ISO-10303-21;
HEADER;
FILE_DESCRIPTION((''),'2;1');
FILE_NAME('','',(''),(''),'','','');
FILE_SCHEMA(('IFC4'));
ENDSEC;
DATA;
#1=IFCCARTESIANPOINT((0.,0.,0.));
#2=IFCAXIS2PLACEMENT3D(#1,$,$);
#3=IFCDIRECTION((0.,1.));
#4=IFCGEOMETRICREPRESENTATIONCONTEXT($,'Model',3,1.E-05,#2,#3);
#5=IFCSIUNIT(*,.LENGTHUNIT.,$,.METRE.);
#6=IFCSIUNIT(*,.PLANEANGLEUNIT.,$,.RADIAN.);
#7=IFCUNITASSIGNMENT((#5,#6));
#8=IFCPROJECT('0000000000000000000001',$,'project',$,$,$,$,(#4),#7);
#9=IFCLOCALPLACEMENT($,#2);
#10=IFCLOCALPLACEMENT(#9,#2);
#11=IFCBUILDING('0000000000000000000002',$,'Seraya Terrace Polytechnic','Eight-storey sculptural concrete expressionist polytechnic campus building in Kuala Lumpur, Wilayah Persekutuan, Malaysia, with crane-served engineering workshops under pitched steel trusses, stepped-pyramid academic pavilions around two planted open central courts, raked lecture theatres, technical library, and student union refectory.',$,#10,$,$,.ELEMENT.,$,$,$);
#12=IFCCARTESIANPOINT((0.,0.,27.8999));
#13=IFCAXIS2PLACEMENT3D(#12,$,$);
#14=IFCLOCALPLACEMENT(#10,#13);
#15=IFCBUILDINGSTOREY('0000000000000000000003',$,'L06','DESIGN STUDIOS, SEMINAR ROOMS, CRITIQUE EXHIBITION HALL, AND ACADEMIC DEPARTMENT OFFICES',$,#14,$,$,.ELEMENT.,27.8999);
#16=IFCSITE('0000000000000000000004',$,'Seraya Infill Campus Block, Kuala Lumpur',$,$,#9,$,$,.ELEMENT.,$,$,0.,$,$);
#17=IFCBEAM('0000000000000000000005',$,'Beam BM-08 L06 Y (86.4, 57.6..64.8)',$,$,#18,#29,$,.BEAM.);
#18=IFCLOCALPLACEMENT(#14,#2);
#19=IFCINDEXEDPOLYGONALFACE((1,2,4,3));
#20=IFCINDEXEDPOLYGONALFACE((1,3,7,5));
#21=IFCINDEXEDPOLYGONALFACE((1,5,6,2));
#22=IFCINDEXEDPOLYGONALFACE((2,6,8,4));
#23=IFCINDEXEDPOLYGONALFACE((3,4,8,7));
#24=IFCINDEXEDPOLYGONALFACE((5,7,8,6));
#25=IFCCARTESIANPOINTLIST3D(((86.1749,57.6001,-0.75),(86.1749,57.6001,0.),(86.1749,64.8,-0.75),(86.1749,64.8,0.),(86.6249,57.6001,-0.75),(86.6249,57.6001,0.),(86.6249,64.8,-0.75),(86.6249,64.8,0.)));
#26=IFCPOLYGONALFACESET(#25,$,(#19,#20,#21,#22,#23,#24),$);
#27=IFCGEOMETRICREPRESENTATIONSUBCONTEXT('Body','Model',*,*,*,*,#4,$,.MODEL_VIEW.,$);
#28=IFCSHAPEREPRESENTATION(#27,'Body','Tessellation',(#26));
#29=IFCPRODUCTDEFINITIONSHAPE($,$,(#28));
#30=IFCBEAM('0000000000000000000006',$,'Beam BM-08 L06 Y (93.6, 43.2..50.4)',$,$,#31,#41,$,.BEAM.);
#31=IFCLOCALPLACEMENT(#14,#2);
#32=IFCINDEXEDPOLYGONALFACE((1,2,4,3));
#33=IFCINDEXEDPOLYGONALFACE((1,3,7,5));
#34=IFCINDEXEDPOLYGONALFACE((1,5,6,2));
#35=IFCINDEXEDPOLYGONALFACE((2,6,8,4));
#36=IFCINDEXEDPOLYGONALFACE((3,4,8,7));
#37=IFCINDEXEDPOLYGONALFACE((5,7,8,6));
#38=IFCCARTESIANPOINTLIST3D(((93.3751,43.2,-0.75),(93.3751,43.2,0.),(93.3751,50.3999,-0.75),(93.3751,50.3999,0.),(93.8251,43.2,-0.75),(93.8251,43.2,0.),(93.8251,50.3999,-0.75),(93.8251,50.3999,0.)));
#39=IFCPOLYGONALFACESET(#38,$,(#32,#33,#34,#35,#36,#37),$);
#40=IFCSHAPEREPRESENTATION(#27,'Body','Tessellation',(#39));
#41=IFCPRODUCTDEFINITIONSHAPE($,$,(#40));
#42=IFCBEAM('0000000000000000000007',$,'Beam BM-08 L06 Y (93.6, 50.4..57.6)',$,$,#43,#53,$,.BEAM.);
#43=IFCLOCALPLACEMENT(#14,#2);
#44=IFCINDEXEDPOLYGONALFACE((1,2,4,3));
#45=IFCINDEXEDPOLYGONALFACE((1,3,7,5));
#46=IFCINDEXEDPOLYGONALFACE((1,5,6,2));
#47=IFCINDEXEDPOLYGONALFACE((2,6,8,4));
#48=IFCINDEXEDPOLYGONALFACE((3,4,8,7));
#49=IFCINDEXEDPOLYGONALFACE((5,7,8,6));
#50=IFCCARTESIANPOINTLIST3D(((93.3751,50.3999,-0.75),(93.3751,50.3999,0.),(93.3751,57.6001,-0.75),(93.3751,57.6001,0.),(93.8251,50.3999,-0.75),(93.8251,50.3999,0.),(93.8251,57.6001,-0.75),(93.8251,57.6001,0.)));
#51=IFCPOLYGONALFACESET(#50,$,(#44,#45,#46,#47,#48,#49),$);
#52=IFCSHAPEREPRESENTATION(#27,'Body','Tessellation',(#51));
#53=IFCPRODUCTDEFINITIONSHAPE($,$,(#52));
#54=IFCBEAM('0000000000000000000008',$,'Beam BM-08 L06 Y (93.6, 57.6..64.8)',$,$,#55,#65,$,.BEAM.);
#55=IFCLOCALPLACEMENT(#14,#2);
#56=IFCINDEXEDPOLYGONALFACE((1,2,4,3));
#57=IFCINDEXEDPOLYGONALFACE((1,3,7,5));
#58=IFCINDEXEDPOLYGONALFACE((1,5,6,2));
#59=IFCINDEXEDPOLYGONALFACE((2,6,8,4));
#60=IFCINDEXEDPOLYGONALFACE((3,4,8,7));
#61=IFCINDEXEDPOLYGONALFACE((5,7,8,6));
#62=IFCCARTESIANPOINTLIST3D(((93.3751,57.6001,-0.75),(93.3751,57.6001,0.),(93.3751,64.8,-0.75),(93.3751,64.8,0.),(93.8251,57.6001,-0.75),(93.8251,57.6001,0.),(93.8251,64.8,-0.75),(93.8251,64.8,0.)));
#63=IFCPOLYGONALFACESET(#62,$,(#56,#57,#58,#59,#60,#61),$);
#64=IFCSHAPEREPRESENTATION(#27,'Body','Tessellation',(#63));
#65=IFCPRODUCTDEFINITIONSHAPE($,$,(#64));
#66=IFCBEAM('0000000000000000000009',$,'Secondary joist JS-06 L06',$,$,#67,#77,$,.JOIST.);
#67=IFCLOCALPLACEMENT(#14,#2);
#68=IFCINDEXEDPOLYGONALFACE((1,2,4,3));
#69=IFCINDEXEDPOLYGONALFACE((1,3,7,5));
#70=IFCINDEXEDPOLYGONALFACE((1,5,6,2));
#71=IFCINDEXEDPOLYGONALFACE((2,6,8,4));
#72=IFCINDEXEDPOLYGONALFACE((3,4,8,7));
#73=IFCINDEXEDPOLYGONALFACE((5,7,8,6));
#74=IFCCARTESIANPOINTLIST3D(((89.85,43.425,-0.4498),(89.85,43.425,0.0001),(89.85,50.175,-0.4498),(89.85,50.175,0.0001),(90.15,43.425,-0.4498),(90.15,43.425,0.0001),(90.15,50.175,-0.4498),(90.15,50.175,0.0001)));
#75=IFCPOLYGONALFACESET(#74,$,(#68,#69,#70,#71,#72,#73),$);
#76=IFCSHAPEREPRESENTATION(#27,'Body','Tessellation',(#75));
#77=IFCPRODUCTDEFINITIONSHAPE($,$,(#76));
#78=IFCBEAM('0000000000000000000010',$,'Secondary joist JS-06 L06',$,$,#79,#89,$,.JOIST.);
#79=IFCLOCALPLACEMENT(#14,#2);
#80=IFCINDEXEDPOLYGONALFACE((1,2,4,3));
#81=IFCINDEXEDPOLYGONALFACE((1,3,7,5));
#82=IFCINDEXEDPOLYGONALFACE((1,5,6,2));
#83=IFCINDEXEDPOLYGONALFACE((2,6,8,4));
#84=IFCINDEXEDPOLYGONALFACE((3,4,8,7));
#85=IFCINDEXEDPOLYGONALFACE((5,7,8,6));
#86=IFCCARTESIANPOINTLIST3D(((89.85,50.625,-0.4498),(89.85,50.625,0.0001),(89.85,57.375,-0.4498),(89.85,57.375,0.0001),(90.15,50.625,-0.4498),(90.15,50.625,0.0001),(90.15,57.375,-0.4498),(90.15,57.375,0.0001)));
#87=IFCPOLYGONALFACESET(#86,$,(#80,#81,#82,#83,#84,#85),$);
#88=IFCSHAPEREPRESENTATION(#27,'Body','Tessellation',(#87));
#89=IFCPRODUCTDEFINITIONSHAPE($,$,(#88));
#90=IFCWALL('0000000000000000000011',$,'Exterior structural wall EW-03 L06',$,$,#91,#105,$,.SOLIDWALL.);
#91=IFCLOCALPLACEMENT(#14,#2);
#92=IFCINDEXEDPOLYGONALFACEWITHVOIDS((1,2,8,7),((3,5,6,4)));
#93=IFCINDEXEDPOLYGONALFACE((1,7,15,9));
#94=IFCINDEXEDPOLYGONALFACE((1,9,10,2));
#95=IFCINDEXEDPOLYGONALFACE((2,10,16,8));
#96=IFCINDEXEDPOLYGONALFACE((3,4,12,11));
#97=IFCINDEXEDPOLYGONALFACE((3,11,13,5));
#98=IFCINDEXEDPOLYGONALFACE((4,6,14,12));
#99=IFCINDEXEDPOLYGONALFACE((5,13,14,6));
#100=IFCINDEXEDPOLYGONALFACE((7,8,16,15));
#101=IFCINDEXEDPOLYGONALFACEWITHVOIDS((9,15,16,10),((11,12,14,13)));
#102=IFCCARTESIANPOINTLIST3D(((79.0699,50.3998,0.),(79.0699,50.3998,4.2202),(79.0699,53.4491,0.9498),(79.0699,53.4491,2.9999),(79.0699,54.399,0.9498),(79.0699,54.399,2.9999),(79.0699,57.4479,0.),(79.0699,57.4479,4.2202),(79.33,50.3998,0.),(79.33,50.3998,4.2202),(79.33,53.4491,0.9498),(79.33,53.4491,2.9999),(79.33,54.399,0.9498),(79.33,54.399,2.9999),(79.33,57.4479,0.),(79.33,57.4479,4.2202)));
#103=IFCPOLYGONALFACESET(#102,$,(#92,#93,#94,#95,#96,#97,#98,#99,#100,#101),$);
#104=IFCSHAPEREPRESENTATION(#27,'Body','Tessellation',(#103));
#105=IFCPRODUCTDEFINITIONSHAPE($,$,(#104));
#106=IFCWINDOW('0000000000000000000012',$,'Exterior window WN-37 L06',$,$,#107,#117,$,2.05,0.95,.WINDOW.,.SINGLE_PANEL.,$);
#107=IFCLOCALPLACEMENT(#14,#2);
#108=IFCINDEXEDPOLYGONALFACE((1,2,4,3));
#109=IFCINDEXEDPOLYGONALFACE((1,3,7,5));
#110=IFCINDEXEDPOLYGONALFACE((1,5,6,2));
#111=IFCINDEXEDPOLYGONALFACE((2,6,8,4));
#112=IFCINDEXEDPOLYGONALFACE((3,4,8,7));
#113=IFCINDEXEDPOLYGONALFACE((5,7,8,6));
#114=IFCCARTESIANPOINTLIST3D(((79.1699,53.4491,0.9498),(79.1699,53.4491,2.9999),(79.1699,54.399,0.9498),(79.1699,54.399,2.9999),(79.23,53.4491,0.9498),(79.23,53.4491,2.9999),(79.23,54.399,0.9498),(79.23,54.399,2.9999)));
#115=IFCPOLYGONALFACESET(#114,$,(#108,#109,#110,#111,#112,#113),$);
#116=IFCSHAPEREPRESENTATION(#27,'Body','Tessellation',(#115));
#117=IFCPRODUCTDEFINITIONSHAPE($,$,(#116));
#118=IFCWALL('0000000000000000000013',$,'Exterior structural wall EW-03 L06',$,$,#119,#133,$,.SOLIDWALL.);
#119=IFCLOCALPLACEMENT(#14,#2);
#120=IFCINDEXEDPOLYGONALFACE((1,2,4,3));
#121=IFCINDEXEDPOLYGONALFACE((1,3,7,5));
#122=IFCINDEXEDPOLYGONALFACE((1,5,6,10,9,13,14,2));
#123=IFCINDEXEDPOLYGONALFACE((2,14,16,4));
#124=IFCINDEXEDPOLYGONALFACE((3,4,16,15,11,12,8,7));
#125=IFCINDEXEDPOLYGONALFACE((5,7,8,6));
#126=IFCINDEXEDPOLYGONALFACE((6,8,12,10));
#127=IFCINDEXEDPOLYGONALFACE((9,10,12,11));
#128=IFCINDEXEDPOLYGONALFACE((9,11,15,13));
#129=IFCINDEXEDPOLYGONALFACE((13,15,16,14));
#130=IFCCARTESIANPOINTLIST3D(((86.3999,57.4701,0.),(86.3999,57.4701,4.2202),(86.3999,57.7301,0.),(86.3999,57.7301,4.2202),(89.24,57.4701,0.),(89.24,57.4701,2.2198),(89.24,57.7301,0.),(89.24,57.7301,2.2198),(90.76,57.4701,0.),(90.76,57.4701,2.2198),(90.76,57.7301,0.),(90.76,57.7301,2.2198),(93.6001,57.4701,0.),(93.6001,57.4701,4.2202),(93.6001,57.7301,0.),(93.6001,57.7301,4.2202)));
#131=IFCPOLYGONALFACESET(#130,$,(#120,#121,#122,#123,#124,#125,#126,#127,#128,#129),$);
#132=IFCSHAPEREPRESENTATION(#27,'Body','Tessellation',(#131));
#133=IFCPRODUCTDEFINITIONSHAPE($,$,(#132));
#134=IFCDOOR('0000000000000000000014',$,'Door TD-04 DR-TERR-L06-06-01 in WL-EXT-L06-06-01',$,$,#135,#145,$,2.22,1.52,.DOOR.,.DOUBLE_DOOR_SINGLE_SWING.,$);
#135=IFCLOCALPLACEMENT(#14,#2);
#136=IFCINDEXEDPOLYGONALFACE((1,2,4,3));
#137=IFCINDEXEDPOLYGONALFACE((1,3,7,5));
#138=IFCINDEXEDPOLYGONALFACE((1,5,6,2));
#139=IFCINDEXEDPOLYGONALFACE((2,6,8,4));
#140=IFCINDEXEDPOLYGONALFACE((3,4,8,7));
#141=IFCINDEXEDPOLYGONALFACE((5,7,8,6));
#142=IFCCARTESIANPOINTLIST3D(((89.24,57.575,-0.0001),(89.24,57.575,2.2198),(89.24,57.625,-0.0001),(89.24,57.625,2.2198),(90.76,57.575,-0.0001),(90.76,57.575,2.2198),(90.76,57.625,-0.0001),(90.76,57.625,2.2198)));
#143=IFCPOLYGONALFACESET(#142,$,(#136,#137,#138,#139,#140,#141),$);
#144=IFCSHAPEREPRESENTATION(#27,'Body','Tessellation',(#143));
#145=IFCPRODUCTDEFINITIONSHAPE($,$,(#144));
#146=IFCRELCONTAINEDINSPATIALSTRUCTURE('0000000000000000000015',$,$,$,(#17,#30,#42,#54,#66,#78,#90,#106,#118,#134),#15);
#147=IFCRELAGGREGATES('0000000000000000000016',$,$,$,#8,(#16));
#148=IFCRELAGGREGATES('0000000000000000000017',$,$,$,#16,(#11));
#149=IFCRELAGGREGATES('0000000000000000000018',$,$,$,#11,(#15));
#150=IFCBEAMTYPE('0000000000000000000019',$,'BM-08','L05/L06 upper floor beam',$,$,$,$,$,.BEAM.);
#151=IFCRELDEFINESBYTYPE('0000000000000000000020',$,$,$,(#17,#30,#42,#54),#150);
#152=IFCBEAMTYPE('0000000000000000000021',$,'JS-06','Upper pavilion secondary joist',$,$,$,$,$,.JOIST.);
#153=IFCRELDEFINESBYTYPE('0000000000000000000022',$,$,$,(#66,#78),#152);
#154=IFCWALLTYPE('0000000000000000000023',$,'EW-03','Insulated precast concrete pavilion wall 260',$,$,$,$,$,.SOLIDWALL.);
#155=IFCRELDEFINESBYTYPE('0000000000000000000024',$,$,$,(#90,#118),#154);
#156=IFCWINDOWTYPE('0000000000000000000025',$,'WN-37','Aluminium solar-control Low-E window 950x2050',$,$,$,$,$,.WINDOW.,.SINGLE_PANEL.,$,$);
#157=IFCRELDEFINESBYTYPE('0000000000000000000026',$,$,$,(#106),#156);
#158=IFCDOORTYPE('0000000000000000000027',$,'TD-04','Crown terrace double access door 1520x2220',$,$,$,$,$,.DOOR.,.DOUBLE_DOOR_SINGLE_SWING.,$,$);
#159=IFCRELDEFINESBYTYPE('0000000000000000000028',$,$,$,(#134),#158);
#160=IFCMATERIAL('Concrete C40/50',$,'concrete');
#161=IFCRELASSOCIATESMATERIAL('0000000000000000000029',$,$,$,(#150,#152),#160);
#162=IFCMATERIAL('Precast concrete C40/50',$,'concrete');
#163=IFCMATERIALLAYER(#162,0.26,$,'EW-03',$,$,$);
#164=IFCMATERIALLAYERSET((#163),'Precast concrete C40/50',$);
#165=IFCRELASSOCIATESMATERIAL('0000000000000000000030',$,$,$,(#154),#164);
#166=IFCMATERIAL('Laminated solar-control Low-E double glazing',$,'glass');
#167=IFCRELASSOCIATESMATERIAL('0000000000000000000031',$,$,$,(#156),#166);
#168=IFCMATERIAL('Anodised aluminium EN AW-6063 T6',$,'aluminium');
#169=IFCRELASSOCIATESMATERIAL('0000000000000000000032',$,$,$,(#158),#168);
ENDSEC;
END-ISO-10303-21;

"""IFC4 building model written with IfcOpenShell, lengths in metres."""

from ifc_helpers import new_model, si_unit, direction, frame, frame_2d, origin, origin_2d, place, context, subcontext, project, spatial, rectangle, extrude, material, layer, layer_set, material_profile, profile_set, type_object, element, fill, save


model = new_model("IFC4")

# Units and contexts
model_context = context("Model", 3, precision=1e-05, world=origin(), true_north=direction((0.0, 1.0)))
body_context = subcontext(model_context, "Body", "Model", "MODEL_VIEW")
ifc_project = project(units=[si_unit("LENGTHUNIT", "METRE"), si_unit("PLANEANGLEUNIT", "RADIAN")], contexts=[model_context])

# Site, building, storey
site_placement = place(None, origin())
site = spatial("IfcSite", under=ifc_project, at=site_placement, Name="Seraya Infill Campus Block, Kuala Lumpur", CompositionType="ELEMENT", RefElevation=0.0)
building_placement = place(site_placement, origin())
building = spatial("IfcBuilding", under=site, at=building_placement, Name="Seraya Terrace Polytechnic", Description="Eight-storey sculptural concrete expressionist polytechnic campus building in Kuala Lumpur, Wilayah Persekutuan, Malaysia, with crane-served engineering workshops under pitched steel trusses, stepped-pyramid academic pavilions around two planted open central courts, raked lecture theatres, technical library, and student union refectory.", CompositionType="ELEMENT")
storey_placement = place(building_placement, frame((0.0, 0.0, 27.8999)))
storey = spatial("IfcBuildingStorey", under=building, at=storey_placement, Name="L06", Description="DESIGN STUDIOS, SEMINAR ROOMS, CRITIQUE EXHIBITION HALL, AND ACADEMIC DEPARTMENT OFFICES", CompositionType="ELEMENT", Elevation=27.8999)

# Shared definitions
ifc_material_1 = material(Name="Concrete C40/50", Category="concrete")

# Beams
ifc_material_profile_1 = material_profile(ifc_material_1, rectangle(XDim=0.45, YDim=0.75, at=origin_2d()), Name="RC 450x750")
ifc_profile_set_1 = profile_set([ifc_material_profile_1], Name="Concrete C40/50")
beam_type_1 = type_object("IfcBeamType", Name="BM-08", Description="L05/L06 upper floor beam", PredefinedType="BEAM", material=ifc_profile_set_1)
for number, where, z_axis, x_axis, name in (
    (1, (86.3999, 57.6001, -0.375), (0.0, 1.0, 0.0), (-1.0, 0.0, 0.0), "Beam BM-08 L06 Y (86.4, 57.6..64.8)"),
    (2, (93.6001, 43.2, -0.375), (0.0, 1.0, 0.0), (-1.0, 0.0, 0.0), "Beam BM-08 L06 Y (93.6, 43.2..50.4)"),
):
    element("IfcBeam", number, at=place(storey_placement, frame(where, z_axis=z_axis, x_axis=x_axis)), inside=storey, type_object=beam_type_1, Name=name, PredefinedType="BEAM", context=body_context, shape_type="SweptSolid", body=[
        extrude(rectangle(XDim=0.45, YDim=0.75, at=origin_2d()), origin(), (0.0, 0.0, 1.0), 7.2),
    ])
beam_1_placement = place(storey_placement, frame((93.6001, 50.3999, -0.375), z_axis=(0.0, 1.0, 0.0), x_axis=(-1.0, 0.0, 0.0)))
element("IfcBeam", 3, at=beam_1_placement, inside=storey, type_object=beam_type_1, Name="Beam BM-08 L06 Y (93.6, 50.4..57.6)", PredefinedType="BEAM", context=body_context, shape_type="SweptSolid", body=[
    extrude(rectangle(XDim=0.45, YDim=0.75, at=origin_2d()), origin(), (0.0, 0.0, 1.0), 7.2002),
])
beam_2_placement = place(storey_placement, frame((93.6001, 57.6001, -0.375), z_axis=(0.0, 1.0, 0.0), x_axis=(-1.0, 0.0, 0.0)))
element("IfcBeam", 4, at=beam_2_placement, inside=storey, type_object=beam_type_1, Name="Beam BM-08 L06 Y (93.6, 57.6..64.8)", PredefinedType="BEAM", context=body_context, shape_type="SweptSolid", body=[
    extrude(rectangle(XDim=0.45, YDim=0.75, at=origin_2d()), origin(), (0.0, 0.0, 1.0), 7.2),
])
ifc_material_profile_2 = material_profile(ifc_material_1, rectangle(XDim=0.3, YDim=0.45, at=origin_2d()), Name="RC 300x450")
ifc_profile_set_2 = profile_set([ifc_material_profile_2], Name="Concrete C40/50")
beam_type_2 = type_object("IfcBeamType", Name="JS-06", Description="Upper pavilion secondary joist", PredefinedType="JOIST", material=ifc_profile_set_2)
for number, where, z_axis, x_axis, name in (
    (5, (90.0, 43.425, -0.2249), (0.0, 1.0, 0.0), (-1.0, 0.0, 0.0), "Secondary joist JS-06 L06"),
    (6, (90.0, 50.625, -0.2249), (0.0, 1.0, 0.0), (-1.0, 0.0, 0.0), "Secondary joist JS-06 L06"),
):
    element("IfcBeam", number, at=place(storey_placement, frame(where, z_axis=z_axis, x_axis=x_axis)), inside=storey, type_object=beam_type_2, Name=name, PredefinedType="JOIST", context=body_context, shape_type="SweptSolid", body=[
        extrude(rectangle(XDim=0.3, YDim=0.45, at=origin_2d()), origin(), (0.0, 0.0, 1.0), 6.75),
    ])

# Wall, opening, window
ifc_material_2 = material(Name="Precast concrete C40/50", Category="concrete")
ifc_layer = layer(ifc_material_2, 0.26, Name="EW-03")
ifc_layer_set = layer_set([ifc_layer], Name="Precast concrete C40/50")
wall_type = type_object("IfcWallType", Name="EW-03", Description="Insulated precast concrete pavilion wall 260", PredefinedType="SOLIDWALL", material=ifc_layer_set)
wall_1_placement = place(storey_placement, frame((79.2, 50.3999, 0.0), z_axis=(0.0, 0.0, 1.0), x_axis=(0.0, 1.0, 0.0)))
wall_1 = element("IfcWall", 7, at=wall_1_placement, inside=storey, type_object=wall_type, Name="Exterior structural wall EW-03 L06", PredefinedType="SOLIDWALL", context=body_context, shape_type="SweptSolid", body=[
    extrude(rectangle(XDim=7.0481, YDim=0.26, at=frame_2d((3.5239, 0.0))), origin(), (0.0, 0.0, 1.0), 4.2202),
])
opening_1_placement = place(wall_1_placement, frame((3.0491, 0.0, 0.95)))
opening_1 = element("IfcOpeningElement", 8, at=opening_1_placement, cuts=wall_1, PredefinedType="OPENING", context=body_context, shape_type="SweptSolid", body=[
    extrude(rectangle(XDim=0.95, YDim=2.05, at=frame_2d((0.4751, 1.0249))), frame((0.0, 0.1421, 0.0), z_axis=(0.0, -1.0, 0.0), x_axis=(1.0, 0.0, 0.0)), (0.0, 0.0, 1.0), 0.2839),
])
ifc_material_3 = material(Name="Laminated solar-control Low-E double glazing", Category="glass")
window_type = type_object("IfcWindowType", Name="WN-37", Description="Aluminium solar-control Low-E window 950x2050", PartitioningType="SINGLE_PANEL", PredefinedType="WINDOW", material=ifc_material_3)
window_placement = place(opening_1_placement, origin())
window = element("IfcWindow", 9, at=window_placement, inside=storey, type_object=window_type, Name="Exterior window WN-37 L06", OverallHeight=2.05, OverallWidth=0.95, PartitioningType="SINGLE_PANEL", PredefinedType="WINDOW", context=body_context, shape_type="SweptSolid", body=[
    extrude(rectangle(XDim=0.95, YDim=2.05, at=frame_2d((0.4751, 1.0249))), frame((0.0, 0.03, 0.0), z_axis=(0.0, -1.0, 0.0), x_axis=(1.0, 0.0, 0.0)), (0.0, 0.0, 1.0), 0.0601),
])
fill(opening_1, window)

# Wall, opening, door
wall_2_placement = place(storey_placement, frame((86.3999, 57.6001, 0.0), z_axis=(0.0, 0.0, 1.0), x_axis=(1.0, 0.0, 0.0)))
wall_2 = element("IfcWall", 10, at=wall_2_placement, inside=storey, type_object=wall_type, Name="Exterior structural wall EW-03 L06", PredefinedType="SOLIDWALL", context=body_context, shape_type="SweptSolid", body=[
    extrude(rectangle(XDim=7.2002, YDim=0.26, at=frame_2d((3.6001, 0.0))), origin(), (0.0, 0.0, 1.0), 4.2202),
])
opening_2_placement = place(wall_2_placement, frame((2.8401, 0.0, 0.0)))
opening_2 = element("IfcOpeningElement", 11, at=opening_2_placement, cuts=wall_2, PredefinedType="OPENING", context=body_context, shape_type="SweptSolid", body=[
    extrude(rectangle(XDim=1.52, YDim=2.22, at=frame_2d((0.76, 1.1099))), frame((0.0, 0.1421, 0.0), z_axis=(0.0, -1.0, 0.0), x_axis=(1.0, 0.0, 0.0)), (0.0, 0.0, 1.0), 0.2839),
])
ifc_material_4 = material(Name="Anodised aluminium EN AW-6063 T6", Category="aluminium")
door_type = type_object("IfcDoorType", Name="TD-04", Description="Crown terrace double access door 1520x2220", OperationType="DOUBLE_DOOR_SINGLE_SWING", PredefinedType="DOOR", material=ifc_material_4)
door_placement = place(opening_2_placement, origin())
door = element("IfcDoor", 12, at=door_placement, inside=storey, type_object=door_type, Name="Door TD-04 DR-TERR-L06-06-01 in WL-EXT-L06-06-01", OperationType="DOUBLE_DOOR_SINGLE_SWING", OverallHeight=2.22, OverallWidth=1.52, PredefinedType="DOOR", context=body_context, shape_type="SweptSolid", body=[
    extrude(rectangle(XDim=1.52, YDim=2.22, at=frame_2d((0.76, 1.1099))), frame((0.0, 0.0249, 0.0), z_axis=(0.0, -1.0, 0.0), x_axis=(1.0, 0.0, 0.0)), (0.0, 0.0, 1.0), 0.05),
])
fill(opening_2, door)

save(model, "model.ifc")
